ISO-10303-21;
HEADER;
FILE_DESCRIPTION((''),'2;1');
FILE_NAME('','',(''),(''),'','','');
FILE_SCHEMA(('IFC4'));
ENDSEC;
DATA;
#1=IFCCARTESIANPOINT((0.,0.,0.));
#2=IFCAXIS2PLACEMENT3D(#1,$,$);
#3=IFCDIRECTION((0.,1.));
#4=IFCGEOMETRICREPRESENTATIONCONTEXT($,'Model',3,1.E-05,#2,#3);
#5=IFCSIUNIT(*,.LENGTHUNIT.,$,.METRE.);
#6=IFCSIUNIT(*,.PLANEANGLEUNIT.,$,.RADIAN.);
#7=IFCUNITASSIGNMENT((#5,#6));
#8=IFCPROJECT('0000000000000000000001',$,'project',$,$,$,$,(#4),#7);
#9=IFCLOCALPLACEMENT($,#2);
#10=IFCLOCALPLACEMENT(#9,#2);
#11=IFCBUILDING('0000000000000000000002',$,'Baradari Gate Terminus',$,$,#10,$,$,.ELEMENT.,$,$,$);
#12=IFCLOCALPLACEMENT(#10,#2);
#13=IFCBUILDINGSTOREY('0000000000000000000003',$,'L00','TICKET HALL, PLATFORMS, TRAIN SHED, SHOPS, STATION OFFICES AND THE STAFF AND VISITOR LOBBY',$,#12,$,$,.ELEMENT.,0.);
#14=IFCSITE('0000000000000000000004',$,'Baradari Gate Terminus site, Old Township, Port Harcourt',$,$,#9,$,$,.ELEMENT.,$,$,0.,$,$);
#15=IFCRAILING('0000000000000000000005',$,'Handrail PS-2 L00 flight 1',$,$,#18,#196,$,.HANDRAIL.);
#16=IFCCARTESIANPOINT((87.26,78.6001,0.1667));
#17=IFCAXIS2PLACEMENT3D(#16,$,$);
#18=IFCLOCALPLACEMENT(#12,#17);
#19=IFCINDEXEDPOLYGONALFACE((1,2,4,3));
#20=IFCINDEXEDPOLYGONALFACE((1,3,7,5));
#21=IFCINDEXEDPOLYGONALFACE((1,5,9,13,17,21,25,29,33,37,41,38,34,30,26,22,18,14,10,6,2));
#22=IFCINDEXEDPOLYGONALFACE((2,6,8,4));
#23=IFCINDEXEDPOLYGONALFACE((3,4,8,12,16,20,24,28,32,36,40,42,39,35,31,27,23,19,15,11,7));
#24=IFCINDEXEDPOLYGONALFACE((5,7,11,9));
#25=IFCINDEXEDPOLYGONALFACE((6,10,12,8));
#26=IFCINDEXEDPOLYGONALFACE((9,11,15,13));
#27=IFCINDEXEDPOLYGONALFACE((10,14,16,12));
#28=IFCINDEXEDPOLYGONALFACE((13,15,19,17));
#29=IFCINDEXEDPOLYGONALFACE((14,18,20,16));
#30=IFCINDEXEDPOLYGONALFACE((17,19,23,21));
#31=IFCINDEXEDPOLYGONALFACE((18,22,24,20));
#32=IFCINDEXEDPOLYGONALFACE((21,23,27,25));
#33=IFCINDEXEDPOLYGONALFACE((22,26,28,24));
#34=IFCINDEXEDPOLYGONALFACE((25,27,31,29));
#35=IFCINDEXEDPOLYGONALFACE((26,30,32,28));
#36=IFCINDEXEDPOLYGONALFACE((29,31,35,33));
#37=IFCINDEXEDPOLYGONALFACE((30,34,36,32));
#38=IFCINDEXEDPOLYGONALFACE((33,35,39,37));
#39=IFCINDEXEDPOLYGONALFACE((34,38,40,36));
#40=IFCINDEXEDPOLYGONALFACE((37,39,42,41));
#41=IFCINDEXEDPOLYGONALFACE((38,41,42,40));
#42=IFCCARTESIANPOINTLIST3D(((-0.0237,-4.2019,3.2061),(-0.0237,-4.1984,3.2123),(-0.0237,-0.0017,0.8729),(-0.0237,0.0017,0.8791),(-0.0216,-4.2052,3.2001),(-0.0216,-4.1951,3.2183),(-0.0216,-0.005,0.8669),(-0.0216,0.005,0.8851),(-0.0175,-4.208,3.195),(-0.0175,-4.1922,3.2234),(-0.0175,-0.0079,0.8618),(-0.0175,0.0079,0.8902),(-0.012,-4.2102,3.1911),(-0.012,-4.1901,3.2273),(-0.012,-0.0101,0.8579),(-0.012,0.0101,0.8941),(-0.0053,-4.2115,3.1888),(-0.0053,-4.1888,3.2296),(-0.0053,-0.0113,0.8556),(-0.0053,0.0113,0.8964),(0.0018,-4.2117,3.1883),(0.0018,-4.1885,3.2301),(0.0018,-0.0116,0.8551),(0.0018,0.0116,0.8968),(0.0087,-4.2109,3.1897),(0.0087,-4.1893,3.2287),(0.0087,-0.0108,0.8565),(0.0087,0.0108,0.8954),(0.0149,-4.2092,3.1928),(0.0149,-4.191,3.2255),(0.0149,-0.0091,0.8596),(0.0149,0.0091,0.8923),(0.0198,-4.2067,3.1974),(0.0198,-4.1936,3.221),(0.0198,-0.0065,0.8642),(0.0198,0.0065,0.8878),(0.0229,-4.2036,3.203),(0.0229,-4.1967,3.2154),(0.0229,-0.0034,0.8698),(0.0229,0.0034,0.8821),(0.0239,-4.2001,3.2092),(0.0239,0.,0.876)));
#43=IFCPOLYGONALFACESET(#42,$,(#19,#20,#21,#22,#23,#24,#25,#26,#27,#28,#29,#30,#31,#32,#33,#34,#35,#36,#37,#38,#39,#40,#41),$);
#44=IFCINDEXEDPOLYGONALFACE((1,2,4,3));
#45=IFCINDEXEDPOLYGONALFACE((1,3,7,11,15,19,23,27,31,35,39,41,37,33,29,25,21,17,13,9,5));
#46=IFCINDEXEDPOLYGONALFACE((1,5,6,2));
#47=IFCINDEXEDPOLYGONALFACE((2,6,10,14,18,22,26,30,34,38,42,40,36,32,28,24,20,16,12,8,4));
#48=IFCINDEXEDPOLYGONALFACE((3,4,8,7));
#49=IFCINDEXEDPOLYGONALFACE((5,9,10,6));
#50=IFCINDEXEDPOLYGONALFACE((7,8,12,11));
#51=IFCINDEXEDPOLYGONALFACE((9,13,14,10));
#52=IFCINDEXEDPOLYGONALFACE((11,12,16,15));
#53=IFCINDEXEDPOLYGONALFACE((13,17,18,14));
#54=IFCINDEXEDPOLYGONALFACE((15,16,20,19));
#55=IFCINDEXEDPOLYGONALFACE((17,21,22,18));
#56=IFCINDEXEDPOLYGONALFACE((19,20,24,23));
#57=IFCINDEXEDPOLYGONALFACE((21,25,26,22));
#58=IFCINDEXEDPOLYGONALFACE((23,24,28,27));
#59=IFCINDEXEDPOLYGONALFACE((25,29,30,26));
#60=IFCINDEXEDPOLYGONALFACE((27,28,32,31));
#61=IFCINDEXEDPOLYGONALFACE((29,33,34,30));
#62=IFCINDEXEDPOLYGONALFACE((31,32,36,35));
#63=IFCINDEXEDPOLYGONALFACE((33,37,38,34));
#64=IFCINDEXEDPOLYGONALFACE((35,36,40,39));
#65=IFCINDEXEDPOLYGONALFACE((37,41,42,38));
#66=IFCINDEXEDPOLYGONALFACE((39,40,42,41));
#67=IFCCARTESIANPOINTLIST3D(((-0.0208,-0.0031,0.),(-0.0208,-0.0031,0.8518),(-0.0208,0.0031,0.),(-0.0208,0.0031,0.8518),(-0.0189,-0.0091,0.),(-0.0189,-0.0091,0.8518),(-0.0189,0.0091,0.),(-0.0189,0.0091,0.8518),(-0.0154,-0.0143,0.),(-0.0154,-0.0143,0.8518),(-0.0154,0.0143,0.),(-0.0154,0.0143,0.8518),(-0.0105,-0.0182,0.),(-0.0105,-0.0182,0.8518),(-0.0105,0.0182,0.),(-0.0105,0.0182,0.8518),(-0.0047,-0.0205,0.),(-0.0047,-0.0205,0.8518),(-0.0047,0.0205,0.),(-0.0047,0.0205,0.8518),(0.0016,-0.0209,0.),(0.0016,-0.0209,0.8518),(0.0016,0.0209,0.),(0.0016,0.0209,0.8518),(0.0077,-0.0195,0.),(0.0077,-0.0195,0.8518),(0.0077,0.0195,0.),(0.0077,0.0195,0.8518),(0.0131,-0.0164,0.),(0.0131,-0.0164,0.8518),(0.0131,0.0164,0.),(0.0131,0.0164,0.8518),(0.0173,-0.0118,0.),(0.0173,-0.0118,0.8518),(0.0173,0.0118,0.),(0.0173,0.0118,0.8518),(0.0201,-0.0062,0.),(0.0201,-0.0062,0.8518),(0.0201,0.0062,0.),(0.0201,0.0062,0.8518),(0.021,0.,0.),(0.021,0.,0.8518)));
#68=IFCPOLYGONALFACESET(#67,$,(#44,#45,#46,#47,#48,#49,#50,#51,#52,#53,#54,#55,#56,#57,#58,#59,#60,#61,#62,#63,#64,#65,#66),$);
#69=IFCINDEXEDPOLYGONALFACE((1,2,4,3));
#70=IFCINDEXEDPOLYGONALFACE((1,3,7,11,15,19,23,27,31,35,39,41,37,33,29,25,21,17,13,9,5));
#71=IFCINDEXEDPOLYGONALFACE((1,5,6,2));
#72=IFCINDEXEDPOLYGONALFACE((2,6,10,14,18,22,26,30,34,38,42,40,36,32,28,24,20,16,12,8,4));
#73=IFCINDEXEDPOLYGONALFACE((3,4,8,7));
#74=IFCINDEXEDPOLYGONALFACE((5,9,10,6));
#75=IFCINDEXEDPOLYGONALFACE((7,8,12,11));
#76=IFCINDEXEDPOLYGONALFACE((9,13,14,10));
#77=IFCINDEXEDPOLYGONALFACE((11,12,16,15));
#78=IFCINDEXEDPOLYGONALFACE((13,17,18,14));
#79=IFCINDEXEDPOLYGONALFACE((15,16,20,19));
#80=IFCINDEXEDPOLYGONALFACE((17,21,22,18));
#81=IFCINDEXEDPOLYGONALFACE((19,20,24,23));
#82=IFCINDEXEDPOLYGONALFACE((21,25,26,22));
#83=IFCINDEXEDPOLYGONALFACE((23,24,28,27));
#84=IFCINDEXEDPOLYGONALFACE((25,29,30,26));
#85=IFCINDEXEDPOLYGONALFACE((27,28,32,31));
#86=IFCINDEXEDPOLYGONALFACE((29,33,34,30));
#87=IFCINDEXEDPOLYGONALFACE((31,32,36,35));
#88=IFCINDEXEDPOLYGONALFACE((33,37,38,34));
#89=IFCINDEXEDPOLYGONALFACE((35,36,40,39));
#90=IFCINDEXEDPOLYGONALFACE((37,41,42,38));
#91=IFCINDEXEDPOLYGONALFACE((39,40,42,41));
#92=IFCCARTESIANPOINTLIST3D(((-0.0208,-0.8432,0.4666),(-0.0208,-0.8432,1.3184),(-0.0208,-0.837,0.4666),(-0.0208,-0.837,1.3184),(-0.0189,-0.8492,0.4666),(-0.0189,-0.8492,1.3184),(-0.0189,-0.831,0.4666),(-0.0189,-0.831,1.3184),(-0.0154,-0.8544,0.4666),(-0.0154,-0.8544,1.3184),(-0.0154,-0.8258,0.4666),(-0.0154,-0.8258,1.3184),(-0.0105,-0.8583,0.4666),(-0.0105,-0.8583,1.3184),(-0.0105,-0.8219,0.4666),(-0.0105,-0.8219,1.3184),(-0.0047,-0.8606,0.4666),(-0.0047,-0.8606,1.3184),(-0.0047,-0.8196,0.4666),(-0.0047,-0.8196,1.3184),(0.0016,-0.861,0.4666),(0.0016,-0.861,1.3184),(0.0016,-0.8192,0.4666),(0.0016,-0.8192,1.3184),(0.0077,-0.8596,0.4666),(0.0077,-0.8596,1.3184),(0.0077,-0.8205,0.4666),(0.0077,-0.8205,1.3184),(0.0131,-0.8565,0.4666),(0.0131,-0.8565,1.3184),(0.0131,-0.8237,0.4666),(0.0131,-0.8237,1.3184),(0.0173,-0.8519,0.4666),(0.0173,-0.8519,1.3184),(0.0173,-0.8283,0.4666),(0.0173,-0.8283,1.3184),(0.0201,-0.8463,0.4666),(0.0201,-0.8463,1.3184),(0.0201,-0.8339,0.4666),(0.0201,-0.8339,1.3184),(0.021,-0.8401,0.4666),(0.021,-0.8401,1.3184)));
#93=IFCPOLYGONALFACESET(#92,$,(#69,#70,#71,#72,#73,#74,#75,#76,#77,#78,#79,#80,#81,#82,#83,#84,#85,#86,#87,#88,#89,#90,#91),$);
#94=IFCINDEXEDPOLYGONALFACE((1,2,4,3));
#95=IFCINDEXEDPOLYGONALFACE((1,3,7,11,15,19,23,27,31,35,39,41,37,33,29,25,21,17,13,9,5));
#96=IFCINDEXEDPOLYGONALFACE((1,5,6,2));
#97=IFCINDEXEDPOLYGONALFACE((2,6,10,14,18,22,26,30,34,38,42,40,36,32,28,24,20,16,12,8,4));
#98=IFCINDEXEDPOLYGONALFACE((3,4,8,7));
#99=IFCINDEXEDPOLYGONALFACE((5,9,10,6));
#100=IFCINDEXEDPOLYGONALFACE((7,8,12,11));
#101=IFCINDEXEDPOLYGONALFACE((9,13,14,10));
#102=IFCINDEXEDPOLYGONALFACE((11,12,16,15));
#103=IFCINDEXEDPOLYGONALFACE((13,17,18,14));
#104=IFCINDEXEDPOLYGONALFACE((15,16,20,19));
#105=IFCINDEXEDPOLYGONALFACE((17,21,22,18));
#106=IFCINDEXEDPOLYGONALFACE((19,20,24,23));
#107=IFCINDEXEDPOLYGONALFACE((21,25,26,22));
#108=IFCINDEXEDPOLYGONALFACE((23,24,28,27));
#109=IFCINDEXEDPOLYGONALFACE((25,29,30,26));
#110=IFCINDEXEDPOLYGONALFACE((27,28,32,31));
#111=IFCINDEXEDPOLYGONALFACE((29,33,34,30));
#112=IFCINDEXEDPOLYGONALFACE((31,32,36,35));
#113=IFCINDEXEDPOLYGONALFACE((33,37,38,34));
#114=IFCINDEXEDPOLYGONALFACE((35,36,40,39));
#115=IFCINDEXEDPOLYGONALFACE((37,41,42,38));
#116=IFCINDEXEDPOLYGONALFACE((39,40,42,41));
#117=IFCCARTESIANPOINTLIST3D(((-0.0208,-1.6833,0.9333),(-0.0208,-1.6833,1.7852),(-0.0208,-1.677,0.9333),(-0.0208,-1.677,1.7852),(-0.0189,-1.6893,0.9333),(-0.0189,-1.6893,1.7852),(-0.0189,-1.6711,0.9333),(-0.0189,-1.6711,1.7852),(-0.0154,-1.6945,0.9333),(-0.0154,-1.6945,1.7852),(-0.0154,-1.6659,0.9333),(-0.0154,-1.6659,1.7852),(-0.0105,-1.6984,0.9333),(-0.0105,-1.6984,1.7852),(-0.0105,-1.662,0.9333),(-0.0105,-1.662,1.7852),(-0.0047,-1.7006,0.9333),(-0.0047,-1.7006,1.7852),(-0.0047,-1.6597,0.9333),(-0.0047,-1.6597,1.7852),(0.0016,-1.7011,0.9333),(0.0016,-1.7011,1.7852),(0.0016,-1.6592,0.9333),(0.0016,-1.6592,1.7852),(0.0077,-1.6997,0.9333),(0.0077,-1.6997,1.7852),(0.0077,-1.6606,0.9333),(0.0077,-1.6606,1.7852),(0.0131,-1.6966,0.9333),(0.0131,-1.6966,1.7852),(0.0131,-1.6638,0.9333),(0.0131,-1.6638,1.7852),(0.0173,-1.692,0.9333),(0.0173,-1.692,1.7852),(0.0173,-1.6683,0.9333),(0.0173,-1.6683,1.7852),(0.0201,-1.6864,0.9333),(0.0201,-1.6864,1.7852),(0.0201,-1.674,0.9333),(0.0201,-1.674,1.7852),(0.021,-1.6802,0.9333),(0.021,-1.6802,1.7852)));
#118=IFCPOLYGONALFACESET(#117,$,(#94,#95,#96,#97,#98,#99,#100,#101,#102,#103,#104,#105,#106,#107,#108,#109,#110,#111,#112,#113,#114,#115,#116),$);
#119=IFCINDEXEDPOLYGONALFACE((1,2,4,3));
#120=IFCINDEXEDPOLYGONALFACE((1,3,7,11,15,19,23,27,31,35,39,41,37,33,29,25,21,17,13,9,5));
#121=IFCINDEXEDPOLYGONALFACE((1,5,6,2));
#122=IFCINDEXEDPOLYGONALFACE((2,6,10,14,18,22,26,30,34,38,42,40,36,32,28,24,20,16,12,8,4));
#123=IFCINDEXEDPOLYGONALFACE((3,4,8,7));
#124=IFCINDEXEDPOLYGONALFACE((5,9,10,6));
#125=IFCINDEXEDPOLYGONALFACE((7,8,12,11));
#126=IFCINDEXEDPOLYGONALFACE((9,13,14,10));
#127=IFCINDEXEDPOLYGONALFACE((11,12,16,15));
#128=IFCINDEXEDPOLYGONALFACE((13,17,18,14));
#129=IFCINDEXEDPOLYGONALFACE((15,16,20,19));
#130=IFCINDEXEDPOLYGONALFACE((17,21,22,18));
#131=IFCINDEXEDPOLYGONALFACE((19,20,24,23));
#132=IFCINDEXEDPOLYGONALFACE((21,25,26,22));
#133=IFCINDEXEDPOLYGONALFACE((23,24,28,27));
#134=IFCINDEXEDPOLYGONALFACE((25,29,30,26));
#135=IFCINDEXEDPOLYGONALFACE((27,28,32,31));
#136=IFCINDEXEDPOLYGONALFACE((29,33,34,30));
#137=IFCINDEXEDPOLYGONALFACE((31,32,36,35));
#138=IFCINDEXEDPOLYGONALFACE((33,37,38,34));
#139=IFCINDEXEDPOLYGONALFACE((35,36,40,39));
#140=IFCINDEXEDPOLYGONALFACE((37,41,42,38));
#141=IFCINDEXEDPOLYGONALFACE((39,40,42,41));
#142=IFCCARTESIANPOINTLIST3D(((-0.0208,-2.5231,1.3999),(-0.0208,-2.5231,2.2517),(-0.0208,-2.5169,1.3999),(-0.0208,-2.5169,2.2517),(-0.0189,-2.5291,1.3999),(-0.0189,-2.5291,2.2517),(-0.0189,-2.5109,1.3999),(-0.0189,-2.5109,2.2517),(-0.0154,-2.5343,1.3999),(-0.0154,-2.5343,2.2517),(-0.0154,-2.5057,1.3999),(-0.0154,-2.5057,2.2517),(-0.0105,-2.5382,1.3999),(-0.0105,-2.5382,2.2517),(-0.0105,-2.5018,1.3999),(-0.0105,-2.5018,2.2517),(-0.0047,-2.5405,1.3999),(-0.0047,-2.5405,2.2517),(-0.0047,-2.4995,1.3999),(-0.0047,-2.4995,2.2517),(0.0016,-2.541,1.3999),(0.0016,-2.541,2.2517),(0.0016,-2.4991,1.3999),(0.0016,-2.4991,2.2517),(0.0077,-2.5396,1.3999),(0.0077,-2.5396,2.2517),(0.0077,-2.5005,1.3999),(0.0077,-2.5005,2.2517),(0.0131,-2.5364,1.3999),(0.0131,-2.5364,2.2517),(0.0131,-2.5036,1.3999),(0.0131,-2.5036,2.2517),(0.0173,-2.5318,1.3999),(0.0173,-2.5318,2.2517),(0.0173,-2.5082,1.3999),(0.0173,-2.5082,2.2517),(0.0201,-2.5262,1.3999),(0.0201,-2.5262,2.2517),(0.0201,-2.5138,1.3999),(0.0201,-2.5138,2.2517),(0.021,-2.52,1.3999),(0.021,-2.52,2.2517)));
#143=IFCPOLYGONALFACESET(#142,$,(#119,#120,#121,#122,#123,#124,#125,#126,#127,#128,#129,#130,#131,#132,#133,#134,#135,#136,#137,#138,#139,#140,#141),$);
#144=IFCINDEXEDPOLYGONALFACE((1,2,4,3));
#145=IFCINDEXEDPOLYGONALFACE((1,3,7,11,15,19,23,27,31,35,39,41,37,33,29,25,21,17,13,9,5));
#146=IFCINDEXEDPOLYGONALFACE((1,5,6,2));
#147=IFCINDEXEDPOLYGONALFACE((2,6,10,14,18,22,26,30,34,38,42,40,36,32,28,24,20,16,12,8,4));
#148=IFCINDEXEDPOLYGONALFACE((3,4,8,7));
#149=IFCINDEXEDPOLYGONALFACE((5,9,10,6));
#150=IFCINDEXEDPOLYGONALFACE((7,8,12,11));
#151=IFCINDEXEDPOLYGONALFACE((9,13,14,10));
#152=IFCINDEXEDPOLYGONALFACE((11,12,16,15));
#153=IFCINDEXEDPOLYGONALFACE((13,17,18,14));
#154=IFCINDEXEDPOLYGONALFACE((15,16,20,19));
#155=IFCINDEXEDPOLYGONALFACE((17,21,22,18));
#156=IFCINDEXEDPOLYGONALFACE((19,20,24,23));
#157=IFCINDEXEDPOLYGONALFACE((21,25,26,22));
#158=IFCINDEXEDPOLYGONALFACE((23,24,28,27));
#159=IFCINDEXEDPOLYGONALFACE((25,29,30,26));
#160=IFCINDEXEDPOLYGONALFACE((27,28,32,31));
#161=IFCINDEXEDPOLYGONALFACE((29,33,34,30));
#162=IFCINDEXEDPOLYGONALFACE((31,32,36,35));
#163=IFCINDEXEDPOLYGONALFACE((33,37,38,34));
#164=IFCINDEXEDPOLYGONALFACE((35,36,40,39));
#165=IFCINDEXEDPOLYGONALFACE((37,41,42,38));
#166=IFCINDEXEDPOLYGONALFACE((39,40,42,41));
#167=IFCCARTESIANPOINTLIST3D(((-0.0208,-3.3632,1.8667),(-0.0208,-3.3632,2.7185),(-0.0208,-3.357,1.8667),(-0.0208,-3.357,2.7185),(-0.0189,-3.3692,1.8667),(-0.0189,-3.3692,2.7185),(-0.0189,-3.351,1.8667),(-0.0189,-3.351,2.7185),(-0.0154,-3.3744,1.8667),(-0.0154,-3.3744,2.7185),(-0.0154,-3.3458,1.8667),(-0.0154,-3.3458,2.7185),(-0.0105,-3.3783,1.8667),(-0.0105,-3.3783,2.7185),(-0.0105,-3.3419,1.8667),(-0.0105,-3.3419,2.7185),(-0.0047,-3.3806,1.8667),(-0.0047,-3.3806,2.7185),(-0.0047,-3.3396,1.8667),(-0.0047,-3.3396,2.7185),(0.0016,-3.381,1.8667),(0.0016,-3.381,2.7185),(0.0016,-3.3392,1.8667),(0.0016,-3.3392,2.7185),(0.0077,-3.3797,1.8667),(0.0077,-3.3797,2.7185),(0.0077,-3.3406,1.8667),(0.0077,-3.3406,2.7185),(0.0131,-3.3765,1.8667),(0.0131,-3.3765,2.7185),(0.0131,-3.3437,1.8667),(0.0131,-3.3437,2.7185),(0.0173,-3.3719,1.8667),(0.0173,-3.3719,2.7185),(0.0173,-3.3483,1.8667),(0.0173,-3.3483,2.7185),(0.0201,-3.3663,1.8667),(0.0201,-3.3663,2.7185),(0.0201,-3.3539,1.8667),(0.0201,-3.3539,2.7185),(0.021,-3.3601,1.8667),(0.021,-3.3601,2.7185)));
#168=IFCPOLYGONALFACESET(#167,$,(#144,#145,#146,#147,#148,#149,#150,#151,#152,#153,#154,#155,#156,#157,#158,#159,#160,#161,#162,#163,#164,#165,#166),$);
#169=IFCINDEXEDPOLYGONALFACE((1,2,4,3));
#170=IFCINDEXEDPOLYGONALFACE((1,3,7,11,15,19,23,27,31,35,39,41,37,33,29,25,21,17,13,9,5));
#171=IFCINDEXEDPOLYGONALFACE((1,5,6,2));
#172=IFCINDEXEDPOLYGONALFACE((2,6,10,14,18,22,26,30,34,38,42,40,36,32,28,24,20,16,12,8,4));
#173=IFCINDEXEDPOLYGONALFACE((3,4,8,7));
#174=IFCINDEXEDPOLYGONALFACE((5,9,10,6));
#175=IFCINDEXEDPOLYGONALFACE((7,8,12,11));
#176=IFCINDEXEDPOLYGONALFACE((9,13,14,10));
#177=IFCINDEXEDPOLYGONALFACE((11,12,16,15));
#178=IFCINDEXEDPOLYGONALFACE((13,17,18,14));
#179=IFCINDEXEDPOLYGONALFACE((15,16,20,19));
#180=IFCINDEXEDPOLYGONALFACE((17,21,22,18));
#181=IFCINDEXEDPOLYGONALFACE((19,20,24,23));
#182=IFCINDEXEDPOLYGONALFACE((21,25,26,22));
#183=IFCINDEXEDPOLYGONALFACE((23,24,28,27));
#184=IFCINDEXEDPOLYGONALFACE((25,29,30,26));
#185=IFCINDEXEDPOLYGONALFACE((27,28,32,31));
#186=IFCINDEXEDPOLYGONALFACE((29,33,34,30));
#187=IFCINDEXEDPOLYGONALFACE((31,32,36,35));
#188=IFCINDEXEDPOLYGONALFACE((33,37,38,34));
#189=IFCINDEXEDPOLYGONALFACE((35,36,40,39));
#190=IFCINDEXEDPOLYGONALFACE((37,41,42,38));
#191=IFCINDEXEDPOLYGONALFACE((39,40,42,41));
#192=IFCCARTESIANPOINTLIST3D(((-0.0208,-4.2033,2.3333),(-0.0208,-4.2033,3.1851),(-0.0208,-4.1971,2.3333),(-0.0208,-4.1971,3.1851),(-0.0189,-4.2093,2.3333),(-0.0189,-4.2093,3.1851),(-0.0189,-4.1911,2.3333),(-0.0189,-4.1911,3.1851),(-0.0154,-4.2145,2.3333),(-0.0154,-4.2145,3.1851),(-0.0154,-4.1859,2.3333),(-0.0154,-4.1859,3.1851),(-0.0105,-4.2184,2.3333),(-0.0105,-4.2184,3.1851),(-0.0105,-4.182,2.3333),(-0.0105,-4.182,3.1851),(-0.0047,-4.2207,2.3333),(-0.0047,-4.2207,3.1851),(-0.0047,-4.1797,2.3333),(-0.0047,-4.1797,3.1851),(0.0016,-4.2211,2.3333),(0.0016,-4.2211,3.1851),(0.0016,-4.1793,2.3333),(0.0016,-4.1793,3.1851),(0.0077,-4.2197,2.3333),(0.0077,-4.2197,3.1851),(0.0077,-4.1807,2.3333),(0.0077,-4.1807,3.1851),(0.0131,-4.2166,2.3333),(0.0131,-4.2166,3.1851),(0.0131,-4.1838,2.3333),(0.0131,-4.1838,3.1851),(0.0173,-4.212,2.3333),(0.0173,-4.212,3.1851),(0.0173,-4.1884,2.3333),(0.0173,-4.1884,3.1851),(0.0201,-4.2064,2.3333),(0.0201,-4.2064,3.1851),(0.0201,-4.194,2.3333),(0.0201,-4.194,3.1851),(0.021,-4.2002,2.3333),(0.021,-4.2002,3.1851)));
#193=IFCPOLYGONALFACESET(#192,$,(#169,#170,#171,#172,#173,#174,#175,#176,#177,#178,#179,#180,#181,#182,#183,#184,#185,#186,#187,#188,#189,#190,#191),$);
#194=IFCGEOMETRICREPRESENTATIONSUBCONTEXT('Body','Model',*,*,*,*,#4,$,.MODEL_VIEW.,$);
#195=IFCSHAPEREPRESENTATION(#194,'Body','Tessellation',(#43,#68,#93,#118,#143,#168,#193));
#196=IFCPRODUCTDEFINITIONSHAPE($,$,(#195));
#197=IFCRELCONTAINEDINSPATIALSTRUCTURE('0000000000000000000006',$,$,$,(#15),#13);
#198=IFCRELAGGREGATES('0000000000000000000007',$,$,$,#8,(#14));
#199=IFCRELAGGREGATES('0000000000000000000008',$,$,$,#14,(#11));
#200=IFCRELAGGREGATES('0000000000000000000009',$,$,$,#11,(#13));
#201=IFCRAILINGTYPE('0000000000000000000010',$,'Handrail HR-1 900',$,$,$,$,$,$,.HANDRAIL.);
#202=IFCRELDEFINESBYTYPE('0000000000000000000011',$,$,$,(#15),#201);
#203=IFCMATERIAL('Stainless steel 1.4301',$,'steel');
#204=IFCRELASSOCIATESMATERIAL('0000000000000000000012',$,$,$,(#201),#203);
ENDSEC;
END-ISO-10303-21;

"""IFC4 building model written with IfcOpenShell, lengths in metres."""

from ifc_helpers import new_model, si_unit, direction, frame, origin, origin_2d, place, context, subcontext, project, spatial, circle, extrude, material, type_object, element, save


model = new_model("IFC4")

# Units and contexts
model_context = context("Model", 3, precision=1e-05, world=origin(), true_north=direction((0.0, 1.0)))
body_context = subcontext(model_context, "Body", "Model", "MODEL_VIEW")
ifc_project = project(units=[si_unit("LENGTHUNIT", "METRE"), si_unit("PLANEANGLEUNIT", "RADIAN")], contexts=[model_context])

# Site, building, storey
site_placement = place(None, origin())
site = spatial("IfcSite", under=ifc_project, at=site_placement, Name="Baradari Gate Terminus site, Old Township, Port Harcourt", CompositionType="ELEMENT", RefElevation=0.0)
building_placement = place(site_placement, origin())
building = spatial("IfcBuilding", under=site, at=building_placement, Name="Baradari Gate Terminus", CompositionType="ELEMENT")
storey_placement = place(building_placement, origin())
storey = spatial("IfcBuildingStorey", under=building, at=storey_placement, Name="L00", Description="TICKET HALL, PLATFORMS, TRAIN SHED, SHOPS, STATION OFFICES AND THE STAFF AND VISITOR LOBBY", CompositionType="ELEMENT", Elevation=0.0)

# Railing
ifc_material_1 = material(Name="Stainless steel 1.4301", Category="steel")
railing_type_1 = type_object("IfcRailingType", Name="Handrail HR-1 900", PredefinedType="HANDRAIL", material=ifc_material_1)
for number, where, name in (
    (1, (87.26, 78.6001, 0.1667), "Handrail PS-2 L00 flight 1"),
):
    element("IfcRailing", number, at=place(storey_placement, frame(where)), inside=storey, type_object=railing_type_1, Name=name, PredefinedType="HANDRAIL", context=body_context, shape_type="SweptSolid", body=[
        extrude(circle(Radius=0.0239, at=origin_2d()), frame((0.0, 0.0, 0.876), z_axis=(0.0, -0.874174, 0.485613), x_axis=(1.0, 0.0, 0.0)), (0.0, 0.0, 1.0), 4.8047),
        extrude(circle(Radius=0.021, at=origin_2d()), origin(), (0.0, 0.0, 1.0), 0.8518),
        extrude(circle(Radius=0.021, at=origin_2d()), frame((0.0, -0.8401, 0.4666)), (0.0, 0.0, 1.0), 0.8518),
        extrude(circle(Radius=0.021, at=origin_2d()), frame((0.0, -1.6802, 0.9333)), (0.0, 0.0, 1.0), 0.8518),
        extrude(circle(Radius=0.021, at=origin_2d()), frame((0.0, -2.52, 1.3999)), (0.0, 0.0, 1.0), 0.8518),
        extrude(circle(Radius=0.021, at=origin_2d()), frame((0.0, -3.3601, 1.8667)), (0.0, 0.0, 1.0), 0.8518),
        extrude(circle(Radius=0.021, at=origin_2d()), frame((0.0, -4.2002, 2.3333)), (0.0, 0.0, 1.0), 0.8518),
    ])

save(model, "model.ifc")
